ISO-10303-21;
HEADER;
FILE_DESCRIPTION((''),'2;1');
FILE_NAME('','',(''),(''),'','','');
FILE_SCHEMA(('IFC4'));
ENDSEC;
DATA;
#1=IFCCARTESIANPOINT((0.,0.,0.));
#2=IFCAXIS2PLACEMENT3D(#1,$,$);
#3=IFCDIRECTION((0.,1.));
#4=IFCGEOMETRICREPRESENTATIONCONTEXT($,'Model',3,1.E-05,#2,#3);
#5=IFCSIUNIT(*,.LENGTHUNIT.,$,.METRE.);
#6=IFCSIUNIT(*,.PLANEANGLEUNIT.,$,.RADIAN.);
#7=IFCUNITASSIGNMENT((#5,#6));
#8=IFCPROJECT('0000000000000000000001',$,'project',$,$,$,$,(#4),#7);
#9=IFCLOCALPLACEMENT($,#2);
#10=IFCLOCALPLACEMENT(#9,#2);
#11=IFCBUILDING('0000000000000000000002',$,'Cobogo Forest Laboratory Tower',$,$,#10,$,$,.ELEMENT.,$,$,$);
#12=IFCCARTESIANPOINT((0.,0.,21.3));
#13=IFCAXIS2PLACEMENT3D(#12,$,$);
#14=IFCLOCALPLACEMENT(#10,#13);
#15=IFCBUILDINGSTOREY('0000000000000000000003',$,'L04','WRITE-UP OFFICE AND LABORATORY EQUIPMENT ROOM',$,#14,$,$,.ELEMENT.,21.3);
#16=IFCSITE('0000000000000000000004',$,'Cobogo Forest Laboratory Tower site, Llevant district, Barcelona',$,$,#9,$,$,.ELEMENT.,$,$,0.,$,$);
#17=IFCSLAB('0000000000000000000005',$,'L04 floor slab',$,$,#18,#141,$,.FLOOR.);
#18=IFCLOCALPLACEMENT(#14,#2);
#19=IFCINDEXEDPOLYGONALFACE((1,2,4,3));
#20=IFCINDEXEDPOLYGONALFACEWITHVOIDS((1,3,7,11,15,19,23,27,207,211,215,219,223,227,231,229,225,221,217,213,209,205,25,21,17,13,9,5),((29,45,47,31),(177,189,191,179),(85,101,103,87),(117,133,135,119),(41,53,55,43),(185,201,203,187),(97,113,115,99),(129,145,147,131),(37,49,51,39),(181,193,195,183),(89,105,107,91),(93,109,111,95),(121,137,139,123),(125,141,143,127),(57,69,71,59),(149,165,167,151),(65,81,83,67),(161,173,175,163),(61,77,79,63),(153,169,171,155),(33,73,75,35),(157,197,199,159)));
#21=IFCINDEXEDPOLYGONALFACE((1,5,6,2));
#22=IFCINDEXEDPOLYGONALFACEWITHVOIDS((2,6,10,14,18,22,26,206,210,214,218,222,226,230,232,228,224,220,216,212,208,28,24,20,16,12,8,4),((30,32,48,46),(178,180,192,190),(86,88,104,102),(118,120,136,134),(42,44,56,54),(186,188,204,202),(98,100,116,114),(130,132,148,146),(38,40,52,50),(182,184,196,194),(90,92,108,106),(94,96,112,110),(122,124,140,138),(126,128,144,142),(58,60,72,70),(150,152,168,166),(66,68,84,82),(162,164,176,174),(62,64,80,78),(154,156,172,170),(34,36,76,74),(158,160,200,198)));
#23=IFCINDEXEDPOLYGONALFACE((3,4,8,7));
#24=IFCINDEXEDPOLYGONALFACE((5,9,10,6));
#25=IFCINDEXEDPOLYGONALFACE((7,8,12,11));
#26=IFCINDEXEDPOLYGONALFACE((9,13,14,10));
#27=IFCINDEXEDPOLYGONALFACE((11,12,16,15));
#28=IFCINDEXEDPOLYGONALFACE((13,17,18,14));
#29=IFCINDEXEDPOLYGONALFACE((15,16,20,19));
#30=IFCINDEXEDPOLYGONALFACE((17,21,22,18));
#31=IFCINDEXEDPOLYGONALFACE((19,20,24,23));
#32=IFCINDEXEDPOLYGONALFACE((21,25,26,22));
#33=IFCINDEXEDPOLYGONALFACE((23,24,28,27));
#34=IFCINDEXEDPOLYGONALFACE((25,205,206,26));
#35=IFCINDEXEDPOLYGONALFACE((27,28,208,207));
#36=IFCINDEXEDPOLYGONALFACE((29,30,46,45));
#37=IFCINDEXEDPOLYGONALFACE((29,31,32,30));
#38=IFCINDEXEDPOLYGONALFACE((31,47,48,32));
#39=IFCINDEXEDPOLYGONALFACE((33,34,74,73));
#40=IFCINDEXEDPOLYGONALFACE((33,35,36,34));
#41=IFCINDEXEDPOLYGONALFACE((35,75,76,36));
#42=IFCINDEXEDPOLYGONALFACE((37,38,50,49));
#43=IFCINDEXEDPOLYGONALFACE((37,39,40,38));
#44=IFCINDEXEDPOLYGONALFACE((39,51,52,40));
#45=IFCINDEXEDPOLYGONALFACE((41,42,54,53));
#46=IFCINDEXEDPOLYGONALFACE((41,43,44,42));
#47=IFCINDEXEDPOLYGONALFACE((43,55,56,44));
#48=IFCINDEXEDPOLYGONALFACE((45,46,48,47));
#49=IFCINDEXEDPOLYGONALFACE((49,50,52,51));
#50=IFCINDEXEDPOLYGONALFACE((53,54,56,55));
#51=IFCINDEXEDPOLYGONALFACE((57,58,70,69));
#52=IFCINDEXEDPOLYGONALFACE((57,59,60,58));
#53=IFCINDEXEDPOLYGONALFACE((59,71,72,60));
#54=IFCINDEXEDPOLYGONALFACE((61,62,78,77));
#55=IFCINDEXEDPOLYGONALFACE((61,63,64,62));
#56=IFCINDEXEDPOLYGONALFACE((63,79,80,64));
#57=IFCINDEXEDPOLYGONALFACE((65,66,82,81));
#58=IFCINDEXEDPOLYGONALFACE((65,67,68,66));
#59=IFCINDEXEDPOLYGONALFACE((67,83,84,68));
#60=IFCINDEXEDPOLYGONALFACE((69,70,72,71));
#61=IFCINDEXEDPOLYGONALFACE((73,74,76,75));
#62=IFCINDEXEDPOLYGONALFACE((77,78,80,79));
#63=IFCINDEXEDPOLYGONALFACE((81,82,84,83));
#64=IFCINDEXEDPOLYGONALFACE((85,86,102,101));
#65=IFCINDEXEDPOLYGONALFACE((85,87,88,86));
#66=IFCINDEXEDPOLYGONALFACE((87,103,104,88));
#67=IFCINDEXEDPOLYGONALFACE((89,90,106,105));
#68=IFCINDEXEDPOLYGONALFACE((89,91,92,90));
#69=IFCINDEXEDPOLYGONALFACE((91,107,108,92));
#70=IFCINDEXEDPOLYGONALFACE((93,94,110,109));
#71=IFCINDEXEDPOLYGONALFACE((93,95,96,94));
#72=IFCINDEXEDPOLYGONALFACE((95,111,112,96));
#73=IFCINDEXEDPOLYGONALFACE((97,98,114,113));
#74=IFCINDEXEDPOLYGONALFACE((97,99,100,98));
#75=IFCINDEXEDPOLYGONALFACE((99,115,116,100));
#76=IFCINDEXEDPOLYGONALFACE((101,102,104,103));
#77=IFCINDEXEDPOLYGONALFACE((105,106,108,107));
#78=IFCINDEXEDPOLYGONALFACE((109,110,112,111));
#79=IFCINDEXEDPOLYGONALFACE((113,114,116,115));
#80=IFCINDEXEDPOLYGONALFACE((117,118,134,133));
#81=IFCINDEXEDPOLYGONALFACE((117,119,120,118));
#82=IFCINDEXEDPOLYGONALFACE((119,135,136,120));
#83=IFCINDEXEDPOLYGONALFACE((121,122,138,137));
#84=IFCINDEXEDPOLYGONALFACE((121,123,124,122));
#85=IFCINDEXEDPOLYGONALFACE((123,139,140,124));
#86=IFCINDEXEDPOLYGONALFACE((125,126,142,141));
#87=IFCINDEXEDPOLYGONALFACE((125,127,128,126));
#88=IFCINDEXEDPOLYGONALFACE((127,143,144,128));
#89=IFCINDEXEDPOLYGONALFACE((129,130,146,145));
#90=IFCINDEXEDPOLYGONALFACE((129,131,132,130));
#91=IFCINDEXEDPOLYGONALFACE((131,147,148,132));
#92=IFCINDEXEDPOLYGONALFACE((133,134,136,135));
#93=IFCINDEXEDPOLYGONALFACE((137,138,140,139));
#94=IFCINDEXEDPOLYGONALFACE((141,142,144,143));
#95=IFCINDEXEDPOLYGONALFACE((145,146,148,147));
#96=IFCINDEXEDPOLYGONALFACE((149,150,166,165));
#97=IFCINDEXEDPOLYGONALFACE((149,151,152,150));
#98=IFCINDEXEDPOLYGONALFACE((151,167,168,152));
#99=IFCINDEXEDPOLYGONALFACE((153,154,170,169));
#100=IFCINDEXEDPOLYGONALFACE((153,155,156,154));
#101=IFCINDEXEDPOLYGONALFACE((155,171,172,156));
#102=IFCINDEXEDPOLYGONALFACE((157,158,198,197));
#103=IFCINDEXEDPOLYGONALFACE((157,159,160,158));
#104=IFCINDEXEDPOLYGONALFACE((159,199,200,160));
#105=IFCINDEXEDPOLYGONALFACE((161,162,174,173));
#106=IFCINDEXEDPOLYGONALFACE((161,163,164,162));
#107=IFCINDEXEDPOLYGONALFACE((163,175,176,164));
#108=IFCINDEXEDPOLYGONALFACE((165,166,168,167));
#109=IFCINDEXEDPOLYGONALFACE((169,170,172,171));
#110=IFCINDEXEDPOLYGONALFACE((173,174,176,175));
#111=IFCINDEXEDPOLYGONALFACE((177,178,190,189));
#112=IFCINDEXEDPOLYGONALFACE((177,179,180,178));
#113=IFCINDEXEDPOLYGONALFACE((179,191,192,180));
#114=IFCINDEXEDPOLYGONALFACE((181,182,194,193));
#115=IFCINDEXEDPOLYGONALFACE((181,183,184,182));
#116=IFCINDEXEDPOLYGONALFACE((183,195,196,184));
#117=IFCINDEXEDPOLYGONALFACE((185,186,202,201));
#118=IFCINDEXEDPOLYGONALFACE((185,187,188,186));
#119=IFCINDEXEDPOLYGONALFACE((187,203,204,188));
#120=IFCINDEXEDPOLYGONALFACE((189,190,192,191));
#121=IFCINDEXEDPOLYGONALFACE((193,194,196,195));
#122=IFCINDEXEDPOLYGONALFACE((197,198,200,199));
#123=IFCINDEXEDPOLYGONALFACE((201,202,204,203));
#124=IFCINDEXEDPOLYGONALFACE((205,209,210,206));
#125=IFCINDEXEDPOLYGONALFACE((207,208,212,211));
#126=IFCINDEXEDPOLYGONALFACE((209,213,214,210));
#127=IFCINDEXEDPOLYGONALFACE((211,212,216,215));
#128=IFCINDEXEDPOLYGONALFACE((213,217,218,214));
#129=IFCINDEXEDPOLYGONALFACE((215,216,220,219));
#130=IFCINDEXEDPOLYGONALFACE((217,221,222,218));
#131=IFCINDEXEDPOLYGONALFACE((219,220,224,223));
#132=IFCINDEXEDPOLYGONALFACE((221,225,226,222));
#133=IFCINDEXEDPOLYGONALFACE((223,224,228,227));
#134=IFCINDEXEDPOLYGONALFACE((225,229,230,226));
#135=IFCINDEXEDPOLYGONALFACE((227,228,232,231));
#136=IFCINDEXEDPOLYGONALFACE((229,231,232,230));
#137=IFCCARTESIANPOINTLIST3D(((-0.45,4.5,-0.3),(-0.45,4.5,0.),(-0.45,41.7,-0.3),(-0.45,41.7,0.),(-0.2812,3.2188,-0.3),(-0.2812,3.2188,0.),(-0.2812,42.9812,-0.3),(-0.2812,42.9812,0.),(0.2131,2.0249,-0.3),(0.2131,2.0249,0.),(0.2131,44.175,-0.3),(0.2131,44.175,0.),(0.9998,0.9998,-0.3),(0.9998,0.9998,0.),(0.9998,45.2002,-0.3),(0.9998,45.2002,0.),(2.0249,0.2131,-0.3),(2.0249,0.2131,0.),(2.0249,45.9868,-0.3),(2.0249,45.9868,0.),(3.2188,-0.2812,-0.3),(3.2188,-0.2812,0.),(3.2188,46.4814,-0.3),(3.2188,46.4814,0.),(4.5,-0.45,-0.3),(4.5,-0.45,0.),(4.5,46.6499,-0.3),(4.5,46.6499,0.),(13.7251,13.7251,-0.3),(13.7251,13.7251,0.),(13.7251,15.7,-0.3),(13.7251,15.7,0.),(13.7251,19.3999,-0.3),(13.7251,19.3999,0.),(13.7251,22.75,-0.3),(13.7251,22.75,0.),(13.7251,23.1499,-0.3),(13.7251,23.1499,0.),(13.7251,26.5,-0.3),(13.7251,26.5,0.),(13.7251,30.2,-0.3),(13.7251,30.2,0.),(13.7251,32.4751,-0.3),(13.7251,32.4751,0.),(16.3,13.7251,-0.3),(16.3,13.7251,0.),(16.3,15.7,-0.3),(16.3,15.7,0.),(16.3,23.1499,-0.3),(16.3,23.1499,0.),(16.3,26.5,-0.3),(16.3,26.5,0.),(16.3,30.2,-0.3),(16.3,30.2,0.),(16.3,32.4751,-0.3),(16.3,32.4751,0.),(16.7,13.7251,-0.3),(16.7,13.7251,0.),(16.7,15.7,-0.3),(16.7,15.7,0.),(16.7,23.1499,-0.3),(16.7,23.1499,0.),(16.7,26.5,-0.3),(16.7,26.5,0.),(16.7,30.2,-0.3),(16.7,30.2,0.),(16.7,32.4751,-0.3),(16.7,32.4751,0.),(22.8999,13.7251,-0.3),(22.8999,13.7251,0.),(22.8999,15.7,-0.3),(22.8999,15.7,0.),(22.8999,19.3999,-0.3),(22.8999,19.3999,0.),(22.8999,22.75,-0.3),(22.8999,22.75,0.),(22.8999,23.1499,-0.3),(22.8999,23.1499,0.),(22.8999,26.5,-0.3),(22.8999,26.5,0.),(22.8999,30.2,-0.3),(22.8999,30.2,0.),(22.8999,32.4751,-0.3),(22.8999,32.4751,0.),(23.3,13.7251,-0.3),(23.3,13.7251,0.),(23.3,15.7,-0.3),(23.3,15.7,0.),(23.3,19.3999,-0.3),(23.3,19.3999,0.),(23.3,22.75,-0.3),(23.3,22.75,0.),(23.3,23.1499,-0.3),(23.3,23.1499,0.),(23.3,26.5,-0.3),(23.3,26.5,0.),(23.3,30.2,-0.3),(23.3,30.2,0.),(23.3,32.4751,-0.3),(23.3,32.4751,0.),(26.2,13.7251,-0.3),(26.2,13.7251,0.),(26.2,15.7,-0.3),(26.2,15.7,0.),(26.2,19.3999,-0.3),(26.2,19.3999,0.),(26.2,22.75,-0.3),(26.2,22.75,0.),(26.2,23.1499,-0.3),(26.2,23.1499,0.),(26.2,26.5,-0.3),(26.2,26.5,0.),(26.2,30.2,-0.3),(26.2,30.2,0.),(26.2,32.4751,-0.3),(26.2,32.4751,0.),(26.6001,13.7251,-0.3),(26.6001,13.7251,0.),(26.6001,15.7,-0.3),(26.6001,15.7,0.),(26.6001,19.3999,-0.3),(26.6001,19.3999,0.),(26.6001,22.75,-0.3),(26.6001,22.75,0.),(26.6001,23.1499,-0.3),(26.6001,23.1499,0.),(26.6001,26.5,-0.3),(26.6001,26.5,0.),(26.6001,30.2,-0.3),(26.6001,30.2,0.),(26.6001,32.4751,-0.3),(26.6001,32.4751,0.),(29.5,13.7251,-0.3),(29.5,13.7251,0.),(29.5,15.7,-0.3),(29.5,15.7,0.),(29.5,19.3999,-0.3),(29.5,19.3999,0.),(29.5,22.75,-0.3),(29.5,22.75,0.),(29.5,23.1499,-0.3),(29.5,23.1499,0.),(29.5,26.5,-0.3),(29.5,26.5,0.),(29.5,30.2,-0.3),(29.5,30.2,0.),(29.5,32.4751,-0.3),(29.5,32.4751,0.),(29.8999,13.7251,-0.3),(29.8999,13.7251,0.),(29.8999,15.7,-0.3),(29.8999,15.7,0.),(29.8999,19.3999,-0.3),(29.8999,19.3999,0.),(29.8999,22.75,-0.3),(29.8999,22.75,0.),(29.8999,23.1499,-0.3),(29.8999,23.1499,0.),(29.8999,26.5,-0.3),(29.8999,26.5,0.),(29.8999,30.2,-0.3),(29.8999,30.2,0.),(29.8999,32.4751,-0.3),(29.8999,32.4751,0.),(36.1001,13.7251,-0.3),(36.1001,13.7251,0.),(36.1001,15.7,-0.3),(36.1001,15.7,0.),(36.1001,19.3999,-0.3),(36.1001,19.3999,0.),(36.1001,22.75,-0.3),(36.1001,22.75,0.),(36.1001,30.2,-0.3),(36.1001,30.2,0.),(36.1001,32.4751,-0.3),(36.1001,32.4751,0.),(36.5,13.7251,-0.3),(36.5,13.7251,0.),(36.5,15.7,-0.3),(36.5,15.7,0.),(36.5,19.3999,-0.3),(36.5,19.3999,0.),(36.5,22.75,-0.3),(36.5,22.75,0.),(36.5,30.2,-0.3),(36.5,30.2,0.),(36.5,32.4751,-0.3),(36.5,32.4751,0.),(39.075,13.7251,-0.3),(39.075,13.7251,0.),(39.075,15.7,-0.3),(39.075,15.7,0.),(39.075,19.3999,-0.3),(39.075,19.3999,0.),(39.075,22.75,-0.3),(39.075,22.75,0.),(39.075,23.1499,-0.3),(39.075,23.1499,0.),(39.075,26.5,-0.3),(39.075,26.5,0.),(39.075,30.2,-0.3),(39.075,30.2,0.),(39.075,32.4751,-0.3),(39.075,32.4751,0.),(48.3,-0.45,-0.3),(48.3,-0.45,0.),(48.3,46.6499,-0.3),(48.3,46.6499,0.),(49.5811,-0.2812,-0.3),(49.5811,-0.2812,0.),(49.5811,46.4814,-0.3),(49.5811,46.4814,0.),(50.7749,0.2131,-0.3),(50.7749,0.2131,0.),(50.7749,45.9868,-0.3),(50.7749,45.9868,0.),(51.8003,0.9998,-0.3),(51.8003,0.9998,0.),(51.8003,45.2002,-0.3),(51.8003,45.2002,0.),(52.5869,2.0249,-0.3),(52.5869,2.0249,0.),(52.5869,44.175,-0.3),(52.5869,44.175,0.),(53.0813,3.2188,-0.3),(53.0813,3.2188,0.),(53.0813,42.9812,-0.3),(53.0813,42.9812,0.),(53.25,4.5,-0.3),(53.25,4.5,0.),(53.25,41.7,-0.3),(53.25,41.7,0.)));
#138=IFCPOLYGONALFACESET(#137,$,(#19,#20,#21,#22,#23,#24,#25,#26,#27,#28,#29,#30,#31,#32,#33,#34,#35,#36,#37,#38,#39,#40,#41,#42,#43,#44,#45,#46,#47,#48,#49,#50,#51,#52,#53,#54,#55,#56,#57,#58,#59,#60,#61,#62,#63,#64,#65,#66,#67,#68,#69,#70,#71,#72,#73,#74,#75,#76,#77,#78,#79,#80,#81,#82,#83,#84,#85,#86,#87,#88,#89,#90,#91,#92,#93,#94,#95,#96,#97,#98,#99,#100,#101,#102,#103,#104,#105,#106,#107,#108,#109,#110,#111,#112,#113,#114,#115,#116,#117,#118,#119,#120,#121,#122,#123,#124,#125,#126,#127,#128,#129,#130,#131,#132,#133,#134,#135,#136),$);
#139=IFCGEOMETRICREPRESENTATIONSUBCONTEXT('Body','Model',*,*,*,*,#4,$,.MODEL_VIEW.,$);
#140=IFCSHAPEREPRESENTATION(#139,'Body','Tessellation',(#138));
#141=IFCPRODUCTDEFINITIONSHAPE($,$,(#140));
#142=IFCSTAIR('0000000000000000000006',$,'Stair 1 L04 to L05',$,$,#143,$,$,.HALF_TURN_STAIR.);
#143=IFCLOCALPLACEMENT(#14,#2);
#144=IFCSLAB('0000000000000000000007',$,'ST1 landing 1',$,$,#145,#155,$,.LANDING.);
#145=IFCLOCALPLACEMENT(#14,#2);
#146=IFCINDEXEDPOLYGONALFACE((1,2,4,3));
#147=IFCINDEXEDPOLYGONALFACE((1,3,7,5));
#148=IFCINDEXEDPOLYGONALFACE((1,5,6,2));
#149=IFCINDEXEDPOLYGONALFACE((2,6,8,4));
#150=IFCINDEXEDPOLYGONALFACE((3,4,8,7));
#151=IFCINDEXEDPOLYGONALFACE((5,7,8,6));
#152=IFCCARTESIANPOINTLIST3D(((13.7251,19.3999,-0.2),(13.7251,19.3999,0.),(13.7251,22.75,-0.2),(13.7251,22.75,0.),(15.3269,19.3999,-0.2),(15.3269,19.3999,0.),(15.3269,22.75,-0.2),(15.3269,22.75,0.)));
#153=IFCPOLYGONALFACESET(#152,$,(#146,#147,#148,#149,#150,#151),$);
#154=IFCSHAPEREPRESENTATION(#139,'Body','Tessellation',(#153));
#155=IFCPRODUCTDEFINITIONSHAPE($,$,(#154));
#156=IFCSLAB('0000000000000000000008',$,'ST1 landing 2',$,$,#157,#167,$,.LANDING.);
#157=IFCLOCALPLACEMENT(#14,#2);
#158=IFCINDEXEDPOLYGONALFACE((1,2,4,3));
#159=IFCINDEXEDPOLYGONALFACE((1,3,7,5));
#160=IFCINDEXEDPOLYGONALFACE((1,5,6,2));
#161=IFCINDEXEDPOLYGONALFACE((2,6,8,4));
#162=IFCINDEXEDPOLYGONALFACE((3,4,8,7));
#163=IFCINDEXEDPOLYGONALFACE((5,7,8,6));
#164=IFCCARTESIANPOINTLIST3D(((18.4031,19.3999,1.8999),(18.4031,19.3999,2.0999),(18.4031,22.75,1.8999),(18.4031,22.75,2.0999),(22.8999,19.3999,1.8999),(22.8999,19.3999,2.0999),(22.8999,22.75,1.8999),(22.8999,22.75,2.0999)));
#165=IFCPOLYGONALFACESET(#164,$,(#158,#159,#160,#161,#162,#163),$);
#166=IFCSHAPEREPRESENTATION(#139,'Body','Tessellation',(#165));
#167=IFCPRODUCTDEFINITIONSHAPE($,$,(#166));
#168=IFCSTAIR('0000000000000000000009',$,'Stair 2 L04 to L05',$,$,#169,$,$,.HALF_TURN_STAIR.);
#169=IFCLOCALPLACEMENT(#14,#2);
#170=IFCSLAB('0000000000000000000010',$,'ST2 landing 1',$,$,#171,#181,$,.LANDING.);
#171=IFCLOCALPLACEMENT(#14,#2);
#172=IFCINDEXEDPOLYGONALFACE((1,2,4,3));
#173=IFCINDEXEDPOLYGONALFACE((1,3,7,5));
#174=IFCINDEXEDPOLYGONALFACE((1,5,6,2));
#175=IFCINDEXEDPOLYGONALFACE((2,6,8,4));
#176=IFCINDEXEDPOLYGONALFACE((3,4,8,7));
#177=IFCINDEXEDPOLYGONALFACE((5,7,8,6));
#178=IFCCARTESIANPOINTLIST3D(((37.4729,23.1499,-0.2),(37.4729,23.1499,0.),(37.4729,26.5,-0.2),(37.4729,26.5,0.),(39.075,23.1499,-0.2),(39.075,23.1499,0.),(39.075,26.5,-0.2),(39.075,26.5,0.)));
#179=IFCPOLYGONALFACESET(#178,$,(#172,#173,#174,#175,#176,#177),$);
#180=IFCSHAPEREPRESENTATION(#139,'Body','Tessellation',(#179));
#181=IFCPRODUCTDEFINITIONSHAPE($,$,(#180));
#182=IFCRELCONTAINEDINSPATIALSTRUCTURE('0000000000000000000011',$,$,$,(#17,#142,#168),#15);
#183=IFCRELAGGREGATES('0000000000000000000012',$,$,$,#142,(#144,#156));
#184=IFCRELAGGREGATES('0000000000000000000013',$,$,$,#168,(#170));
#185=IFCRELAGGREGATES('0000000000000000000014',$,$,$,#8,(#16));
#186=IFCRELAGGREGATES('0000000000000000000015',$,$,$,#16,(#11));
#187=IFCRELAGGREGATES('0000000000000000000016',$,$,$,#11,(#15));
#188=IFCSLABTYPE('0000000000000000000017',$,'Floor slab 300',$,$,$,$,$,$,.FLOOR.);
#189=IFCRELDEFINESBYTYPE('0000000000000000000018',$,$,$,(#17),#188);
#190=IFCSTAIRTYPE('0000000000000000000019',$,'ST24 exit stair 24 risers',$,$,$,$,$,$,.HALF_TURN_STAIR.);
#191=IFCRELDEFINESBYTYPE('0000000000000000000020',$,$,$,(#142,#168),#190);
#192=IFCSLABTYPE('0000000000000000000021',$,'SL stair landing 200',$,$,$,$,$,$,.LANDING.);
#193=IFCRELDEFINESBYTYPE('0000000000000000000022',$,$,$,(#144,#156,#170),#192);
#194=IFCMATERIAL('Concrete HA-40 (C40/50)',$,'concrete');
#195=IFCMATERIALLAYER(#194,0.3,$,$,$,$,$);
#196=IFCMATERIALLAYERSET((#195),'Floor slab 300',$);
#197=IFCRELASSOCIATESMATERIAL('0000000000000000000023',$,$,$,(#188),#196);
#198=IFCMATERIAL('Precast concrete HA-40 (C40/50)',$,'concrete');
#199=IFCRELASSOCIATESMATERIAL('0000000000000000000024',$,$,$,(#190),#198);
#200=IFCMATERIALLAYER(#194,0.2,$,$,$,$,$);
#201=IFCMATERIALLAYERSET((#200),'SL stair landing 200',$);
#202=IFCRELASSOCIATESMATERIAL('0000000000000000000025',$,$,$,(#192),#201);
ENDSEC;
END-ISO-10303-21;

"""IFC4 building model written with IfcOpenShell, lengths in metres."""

from ifc_helpers import new_model, si_unit, direction, frame, origin, place, context, subcontext, project, spatial, polyline, outline, extrude, material, layer, layer_set, type_object, element, aggregate, save


model = new_model("IFC4")

# Units and contexts
model_context = context("Model", 3, precision=1e-05, world=origin(), true_north=direction((0.0, 1.0)))
body_context = subcontext(model_context, "Body", "Model", "MODEL_VIEW")
ifc_project = project(units=[si_unit("LENGTHUNIT", "METRE"), si_unit("PLANEANGLEUNIT", "RADIAN")], contexts=[model_context])

# Site, building, storey
site_placement = place(None, origin())
site = spatial("IfcSite", under=ifc_project, at=site_placement, Name="Cobogo Forest Laboratory Tower site, Llevant district, Barcelona", CompositionType="ELEMENT", RefElevation=0.0)
building_placement = place(site_placement, origin())
building = spatial("IfcBuilding", under=site, at=building_placement, Name="Cobogo Forest Laboratory Tower", CompositionType="ELEMENT")
storey_placement = place(building_placement, frame((0.0, 0.0, 21.3)))
storey = spatial("IfcBuildingStorey", under=building, at=storey_placement, Name="L04", Description="WRITE-UP OFFICE AND LABORATORY EQUIPMENT ROOM", CompositionType="ELEMENT", Elevation=21.3)

# Slab
ifc_material_1 = material(Name="Concrete HA-40 (C40/50)", Category="concrete")
ifc_layer_1 = layer(ifc_material_1, 0.3)
ifc_layer_set_1 = layer_set([ifc_layer_1], Name="Floor slab 300")
slab_type_1 = type_object("IfcSlabType", Name="Floor slab 300", PredefinedType="FLOOR", material=ifc_layer_set_1)
slab_1_placement = place(storey_placement, frame((0.0, 0.0, -0.3)))
element("IfcSlab", 1, at=slab_1_placement, inside=storey, type_object=slab_type_1, Name="L04 floor slab", PredefinedType="FLOOR", context=body_context, shape_type="SweptSolid", body=[
    extrude(outline(polyline([(48.3, -0.45), (49.5811, -0.2812), (50.7749, 0.2131), (51.8003, 0.9998), (52.5869, 2.0249), (53.0813, 3.2188), (53.25, 4.5), (53.25, 41.7), (53.0813, 42.9812), (52.5869, 44.175), (51.8003, 45.2002), (50.7749, 45.9868), (49.5811, 46.4814), (48.3, 46.6499), (4.5, 46.6499), (3.2188, 46.4814), (2.0249, 45.9868), (0.9998, 45.2002), (0.2131, 44.175), (-0.2812, 42.9812), (-0.45, 41.7), (-0.45, 4.5), (-0.2812, 3.2188), (0.2131, 2.0249), (0.9998, 0.9998), (2.0249, 0.2131), (3.2188, -0.2812), (4.5, -0.45), (48.3, -0.45)]), holes=[polyline([(16.3, 13.7251), (13.7251, 13.7251), (13.7251, 15.7), (16.3, 15.7), (16.3, 13.7251)]), polyline([(22.8999, 15.7), (22.8999, 13.7251), (16.7, 13.7251), (16.7, 15.7), (22.8999, 15.7)]), polyline([(23.3, 13.7251), (23.3, 15.7), (26.2, 15.7), (26.2, 13.7251), (23.3, 13.7251)]), polyline([(29.5, 13.7251), (26.6001, 13.7251), (26.6001, 15.7), (29.5, 15.7), (29.5, 13.7251)]), polyline([(36.1001, 15.7), (36.1001, 13.7251), (29.8999, 13.7251), (29.8999, 15.7), (36.1001, 15.7)]), polyline([(36.5, 13.7251), (36.5, 15.7), (39.075, 15.7), (39.075, 13.7251), (36.5, 13.7251)]), polyline([(13.7251, 19.3999), (13.7251, 22.75), (22.8999, 22.75), (22.8999, 19.3999), (13.7251, 19.3999)]), polyline([(23.3, 19.3999), (23.3, 22.75), (26.2, 22.75), (26.2, 19.3999), (23.3, 19.3999)]), polyline([(26.6001, 19.3999), (26.6001, 22.75), (29.5, 22.75), (29.5, 19.3999), (26.6001, 19.3999)]), polyline([(36.1001, 22.75), (36.1001, 19.3999), (29.8999, 19.3999), (29.8999, 22.75), (36.1001, 22.75)]), polyline([(39.075, 19.3999), (36.5, 19.3999), (36.5, 22.75), (39.075, 22.75), (39.075, 19.3999)]), polyline([(13.7251, 23.1499), (13.7251, 26.5), (16.3, 26.5), (16.3, 23.1499), (13.7251, 23.1499)]), polyline([(22.8999, 26.5), (22.8999, 23.1499), (16.7, 23.1499), (16.7, 26.5), (22.8999, 26.5)]), polyline([(23.3, 23.1499), (23.3, 26.5), (26.2, 26.5), (26.2, 23.1499), (23.3, 23.1499)]), polyline([(26.6001, 23.1499), (26.6001, 26.5), (29.5, 26.5), (29.5, 23.1499), (26.6001, 23.1499)]), polyline([(29.8999, 23.1499), (29.8999, 26.5), (39.075, 26.5), (39.075, 23.1499), (29.8999, 23.1499)]), polyline([(13.7251, 30.2), (13.7251, 32.4751), (16.3, 32.4751), (16.3, 30.2), (13.7251, 30.2)]), polyline([(22.8999, 32.4751), (22.8999, 30.2), (16.7, 30.2), (16.7, 32.4751), (22.8999, 32.4751)]), polyline([(23.3, 30.2), (23.3, 32.4751), (26.2, 32.4751), (26.2, 30.2), (23.3, 30.2)]), polyline([(26.6001, 30.2), (26.6001, 32.4751), (29.5, 32.4751), (29.5, 30.2), (26.6001, 30.2)]), polyline([(36.1001, 32.4751), (36.1001, 30.2), (29.8999, 30.2), (29.8999, 32.4751), (36.1001, 32.4751)]), polyline([(36.5, 30.2), (36.5, 32.4751), (39.075, 32.4751), (39.075, 30.2), (36.5, 30.2)])]), origin(), (0.0, 0.0, 1.0), 0.3),
])

# Stairs, slabs
ifc_material_2 = material(Name="Precast concrete HA-40 (C40/50)", Category="concrete")
stair_type = type_object("IfcStairType", Name="ST24 exit stair 24 risers", PredefinedType="HALF_TURN_STAIR", material=ifc_material_2)
stair_1_placement = place(storey_placement, origin())
stair_1 = element("IfcStair", 2, at=stair_1_placement, inside=storey, type_object=stair_type, Name="Stair 1 L04 to L05", PredefinedType="HALF_TURN_STAIR")
ifc_layer_2 = layer(ifc_material_1, 0.2)
ifc_layer_set_2 = layer_set([ifc_layer_2], Name="SL stair landing 200")
slab_type_2 = type_object("IfcSlabType", Name="SL stair landing 200", PredefinedType="LANDING", material=ifc_layer_set_2)
slab_2_placement = place(storey_placement, frame((0.0, 0.0, -0.2)))
slab_2 = element("IfcSlab", 3, at=slab_2_placement, type_object=slab_type_2, Name="ST1 landing 1", PredefinedType="LANDING", context=body_context, shape_type="SweptSolid", body=[
    extrude(outline(polyline([(13.7251, 19.3999), (15.3269, 19.3999), (15.3269, 22.75), (13.7251, 22.75), (13.7251, 19.3999)])), origin(), (0.0, 0.0, 1.0), 0.2),
])
slab_3_placement = place(storey_placement, frame((0.0, 0.0, 1.8999)))
slab_3 = element("IfcSlab", 4, at=slab_3_placement, type_object=slab_type_2, Name="ST1 landing 2", PredefinedType="LANDING", context=body_context, shape_type="SweptSolid", body=[
    extrude(outline(polyline([(18.4031, 19.3999), (22.8999, 19.3999), (22.8999, 22.75), (18.4031, 22.75), (18.4031, 19.3999)])), origin(), (0.0, 0.0, 1.0), 0.2),
])
aggregate(stair_1, [slab_2, slab_3])
stair_2_placement = place(storey_placement, origin())
stair_2 = element("IfcStair", 5, at=stair_2_placement, inside=storey, type_object=stair_type, Name="Stair 2 L04 to L05", PredefinedType="HALF_TURN_STAIR")
slab_4_placement = place(storey_placement, frame((0.0, 0.0, -0.2)))
slab_4 = element("IfcSlab", 6, at=slab_4_placement, type_object=slab_type_2, Name="ST2 landing 1", PredefinedType="LANDING", context=body_context, shape_type="SweptSolid", body=[
    extrude(outline(polyline([(37.4729, 23.1499), (39.075, 23.1499), (39.075, 26.5), (37.4729, 26.5), (37.4729, 23.1499)])), origin(), (0.0, 0.0, 1.0), 0.2),
])
aggregate(stair_2, [slab_4])

save(model, "model.ifc")
